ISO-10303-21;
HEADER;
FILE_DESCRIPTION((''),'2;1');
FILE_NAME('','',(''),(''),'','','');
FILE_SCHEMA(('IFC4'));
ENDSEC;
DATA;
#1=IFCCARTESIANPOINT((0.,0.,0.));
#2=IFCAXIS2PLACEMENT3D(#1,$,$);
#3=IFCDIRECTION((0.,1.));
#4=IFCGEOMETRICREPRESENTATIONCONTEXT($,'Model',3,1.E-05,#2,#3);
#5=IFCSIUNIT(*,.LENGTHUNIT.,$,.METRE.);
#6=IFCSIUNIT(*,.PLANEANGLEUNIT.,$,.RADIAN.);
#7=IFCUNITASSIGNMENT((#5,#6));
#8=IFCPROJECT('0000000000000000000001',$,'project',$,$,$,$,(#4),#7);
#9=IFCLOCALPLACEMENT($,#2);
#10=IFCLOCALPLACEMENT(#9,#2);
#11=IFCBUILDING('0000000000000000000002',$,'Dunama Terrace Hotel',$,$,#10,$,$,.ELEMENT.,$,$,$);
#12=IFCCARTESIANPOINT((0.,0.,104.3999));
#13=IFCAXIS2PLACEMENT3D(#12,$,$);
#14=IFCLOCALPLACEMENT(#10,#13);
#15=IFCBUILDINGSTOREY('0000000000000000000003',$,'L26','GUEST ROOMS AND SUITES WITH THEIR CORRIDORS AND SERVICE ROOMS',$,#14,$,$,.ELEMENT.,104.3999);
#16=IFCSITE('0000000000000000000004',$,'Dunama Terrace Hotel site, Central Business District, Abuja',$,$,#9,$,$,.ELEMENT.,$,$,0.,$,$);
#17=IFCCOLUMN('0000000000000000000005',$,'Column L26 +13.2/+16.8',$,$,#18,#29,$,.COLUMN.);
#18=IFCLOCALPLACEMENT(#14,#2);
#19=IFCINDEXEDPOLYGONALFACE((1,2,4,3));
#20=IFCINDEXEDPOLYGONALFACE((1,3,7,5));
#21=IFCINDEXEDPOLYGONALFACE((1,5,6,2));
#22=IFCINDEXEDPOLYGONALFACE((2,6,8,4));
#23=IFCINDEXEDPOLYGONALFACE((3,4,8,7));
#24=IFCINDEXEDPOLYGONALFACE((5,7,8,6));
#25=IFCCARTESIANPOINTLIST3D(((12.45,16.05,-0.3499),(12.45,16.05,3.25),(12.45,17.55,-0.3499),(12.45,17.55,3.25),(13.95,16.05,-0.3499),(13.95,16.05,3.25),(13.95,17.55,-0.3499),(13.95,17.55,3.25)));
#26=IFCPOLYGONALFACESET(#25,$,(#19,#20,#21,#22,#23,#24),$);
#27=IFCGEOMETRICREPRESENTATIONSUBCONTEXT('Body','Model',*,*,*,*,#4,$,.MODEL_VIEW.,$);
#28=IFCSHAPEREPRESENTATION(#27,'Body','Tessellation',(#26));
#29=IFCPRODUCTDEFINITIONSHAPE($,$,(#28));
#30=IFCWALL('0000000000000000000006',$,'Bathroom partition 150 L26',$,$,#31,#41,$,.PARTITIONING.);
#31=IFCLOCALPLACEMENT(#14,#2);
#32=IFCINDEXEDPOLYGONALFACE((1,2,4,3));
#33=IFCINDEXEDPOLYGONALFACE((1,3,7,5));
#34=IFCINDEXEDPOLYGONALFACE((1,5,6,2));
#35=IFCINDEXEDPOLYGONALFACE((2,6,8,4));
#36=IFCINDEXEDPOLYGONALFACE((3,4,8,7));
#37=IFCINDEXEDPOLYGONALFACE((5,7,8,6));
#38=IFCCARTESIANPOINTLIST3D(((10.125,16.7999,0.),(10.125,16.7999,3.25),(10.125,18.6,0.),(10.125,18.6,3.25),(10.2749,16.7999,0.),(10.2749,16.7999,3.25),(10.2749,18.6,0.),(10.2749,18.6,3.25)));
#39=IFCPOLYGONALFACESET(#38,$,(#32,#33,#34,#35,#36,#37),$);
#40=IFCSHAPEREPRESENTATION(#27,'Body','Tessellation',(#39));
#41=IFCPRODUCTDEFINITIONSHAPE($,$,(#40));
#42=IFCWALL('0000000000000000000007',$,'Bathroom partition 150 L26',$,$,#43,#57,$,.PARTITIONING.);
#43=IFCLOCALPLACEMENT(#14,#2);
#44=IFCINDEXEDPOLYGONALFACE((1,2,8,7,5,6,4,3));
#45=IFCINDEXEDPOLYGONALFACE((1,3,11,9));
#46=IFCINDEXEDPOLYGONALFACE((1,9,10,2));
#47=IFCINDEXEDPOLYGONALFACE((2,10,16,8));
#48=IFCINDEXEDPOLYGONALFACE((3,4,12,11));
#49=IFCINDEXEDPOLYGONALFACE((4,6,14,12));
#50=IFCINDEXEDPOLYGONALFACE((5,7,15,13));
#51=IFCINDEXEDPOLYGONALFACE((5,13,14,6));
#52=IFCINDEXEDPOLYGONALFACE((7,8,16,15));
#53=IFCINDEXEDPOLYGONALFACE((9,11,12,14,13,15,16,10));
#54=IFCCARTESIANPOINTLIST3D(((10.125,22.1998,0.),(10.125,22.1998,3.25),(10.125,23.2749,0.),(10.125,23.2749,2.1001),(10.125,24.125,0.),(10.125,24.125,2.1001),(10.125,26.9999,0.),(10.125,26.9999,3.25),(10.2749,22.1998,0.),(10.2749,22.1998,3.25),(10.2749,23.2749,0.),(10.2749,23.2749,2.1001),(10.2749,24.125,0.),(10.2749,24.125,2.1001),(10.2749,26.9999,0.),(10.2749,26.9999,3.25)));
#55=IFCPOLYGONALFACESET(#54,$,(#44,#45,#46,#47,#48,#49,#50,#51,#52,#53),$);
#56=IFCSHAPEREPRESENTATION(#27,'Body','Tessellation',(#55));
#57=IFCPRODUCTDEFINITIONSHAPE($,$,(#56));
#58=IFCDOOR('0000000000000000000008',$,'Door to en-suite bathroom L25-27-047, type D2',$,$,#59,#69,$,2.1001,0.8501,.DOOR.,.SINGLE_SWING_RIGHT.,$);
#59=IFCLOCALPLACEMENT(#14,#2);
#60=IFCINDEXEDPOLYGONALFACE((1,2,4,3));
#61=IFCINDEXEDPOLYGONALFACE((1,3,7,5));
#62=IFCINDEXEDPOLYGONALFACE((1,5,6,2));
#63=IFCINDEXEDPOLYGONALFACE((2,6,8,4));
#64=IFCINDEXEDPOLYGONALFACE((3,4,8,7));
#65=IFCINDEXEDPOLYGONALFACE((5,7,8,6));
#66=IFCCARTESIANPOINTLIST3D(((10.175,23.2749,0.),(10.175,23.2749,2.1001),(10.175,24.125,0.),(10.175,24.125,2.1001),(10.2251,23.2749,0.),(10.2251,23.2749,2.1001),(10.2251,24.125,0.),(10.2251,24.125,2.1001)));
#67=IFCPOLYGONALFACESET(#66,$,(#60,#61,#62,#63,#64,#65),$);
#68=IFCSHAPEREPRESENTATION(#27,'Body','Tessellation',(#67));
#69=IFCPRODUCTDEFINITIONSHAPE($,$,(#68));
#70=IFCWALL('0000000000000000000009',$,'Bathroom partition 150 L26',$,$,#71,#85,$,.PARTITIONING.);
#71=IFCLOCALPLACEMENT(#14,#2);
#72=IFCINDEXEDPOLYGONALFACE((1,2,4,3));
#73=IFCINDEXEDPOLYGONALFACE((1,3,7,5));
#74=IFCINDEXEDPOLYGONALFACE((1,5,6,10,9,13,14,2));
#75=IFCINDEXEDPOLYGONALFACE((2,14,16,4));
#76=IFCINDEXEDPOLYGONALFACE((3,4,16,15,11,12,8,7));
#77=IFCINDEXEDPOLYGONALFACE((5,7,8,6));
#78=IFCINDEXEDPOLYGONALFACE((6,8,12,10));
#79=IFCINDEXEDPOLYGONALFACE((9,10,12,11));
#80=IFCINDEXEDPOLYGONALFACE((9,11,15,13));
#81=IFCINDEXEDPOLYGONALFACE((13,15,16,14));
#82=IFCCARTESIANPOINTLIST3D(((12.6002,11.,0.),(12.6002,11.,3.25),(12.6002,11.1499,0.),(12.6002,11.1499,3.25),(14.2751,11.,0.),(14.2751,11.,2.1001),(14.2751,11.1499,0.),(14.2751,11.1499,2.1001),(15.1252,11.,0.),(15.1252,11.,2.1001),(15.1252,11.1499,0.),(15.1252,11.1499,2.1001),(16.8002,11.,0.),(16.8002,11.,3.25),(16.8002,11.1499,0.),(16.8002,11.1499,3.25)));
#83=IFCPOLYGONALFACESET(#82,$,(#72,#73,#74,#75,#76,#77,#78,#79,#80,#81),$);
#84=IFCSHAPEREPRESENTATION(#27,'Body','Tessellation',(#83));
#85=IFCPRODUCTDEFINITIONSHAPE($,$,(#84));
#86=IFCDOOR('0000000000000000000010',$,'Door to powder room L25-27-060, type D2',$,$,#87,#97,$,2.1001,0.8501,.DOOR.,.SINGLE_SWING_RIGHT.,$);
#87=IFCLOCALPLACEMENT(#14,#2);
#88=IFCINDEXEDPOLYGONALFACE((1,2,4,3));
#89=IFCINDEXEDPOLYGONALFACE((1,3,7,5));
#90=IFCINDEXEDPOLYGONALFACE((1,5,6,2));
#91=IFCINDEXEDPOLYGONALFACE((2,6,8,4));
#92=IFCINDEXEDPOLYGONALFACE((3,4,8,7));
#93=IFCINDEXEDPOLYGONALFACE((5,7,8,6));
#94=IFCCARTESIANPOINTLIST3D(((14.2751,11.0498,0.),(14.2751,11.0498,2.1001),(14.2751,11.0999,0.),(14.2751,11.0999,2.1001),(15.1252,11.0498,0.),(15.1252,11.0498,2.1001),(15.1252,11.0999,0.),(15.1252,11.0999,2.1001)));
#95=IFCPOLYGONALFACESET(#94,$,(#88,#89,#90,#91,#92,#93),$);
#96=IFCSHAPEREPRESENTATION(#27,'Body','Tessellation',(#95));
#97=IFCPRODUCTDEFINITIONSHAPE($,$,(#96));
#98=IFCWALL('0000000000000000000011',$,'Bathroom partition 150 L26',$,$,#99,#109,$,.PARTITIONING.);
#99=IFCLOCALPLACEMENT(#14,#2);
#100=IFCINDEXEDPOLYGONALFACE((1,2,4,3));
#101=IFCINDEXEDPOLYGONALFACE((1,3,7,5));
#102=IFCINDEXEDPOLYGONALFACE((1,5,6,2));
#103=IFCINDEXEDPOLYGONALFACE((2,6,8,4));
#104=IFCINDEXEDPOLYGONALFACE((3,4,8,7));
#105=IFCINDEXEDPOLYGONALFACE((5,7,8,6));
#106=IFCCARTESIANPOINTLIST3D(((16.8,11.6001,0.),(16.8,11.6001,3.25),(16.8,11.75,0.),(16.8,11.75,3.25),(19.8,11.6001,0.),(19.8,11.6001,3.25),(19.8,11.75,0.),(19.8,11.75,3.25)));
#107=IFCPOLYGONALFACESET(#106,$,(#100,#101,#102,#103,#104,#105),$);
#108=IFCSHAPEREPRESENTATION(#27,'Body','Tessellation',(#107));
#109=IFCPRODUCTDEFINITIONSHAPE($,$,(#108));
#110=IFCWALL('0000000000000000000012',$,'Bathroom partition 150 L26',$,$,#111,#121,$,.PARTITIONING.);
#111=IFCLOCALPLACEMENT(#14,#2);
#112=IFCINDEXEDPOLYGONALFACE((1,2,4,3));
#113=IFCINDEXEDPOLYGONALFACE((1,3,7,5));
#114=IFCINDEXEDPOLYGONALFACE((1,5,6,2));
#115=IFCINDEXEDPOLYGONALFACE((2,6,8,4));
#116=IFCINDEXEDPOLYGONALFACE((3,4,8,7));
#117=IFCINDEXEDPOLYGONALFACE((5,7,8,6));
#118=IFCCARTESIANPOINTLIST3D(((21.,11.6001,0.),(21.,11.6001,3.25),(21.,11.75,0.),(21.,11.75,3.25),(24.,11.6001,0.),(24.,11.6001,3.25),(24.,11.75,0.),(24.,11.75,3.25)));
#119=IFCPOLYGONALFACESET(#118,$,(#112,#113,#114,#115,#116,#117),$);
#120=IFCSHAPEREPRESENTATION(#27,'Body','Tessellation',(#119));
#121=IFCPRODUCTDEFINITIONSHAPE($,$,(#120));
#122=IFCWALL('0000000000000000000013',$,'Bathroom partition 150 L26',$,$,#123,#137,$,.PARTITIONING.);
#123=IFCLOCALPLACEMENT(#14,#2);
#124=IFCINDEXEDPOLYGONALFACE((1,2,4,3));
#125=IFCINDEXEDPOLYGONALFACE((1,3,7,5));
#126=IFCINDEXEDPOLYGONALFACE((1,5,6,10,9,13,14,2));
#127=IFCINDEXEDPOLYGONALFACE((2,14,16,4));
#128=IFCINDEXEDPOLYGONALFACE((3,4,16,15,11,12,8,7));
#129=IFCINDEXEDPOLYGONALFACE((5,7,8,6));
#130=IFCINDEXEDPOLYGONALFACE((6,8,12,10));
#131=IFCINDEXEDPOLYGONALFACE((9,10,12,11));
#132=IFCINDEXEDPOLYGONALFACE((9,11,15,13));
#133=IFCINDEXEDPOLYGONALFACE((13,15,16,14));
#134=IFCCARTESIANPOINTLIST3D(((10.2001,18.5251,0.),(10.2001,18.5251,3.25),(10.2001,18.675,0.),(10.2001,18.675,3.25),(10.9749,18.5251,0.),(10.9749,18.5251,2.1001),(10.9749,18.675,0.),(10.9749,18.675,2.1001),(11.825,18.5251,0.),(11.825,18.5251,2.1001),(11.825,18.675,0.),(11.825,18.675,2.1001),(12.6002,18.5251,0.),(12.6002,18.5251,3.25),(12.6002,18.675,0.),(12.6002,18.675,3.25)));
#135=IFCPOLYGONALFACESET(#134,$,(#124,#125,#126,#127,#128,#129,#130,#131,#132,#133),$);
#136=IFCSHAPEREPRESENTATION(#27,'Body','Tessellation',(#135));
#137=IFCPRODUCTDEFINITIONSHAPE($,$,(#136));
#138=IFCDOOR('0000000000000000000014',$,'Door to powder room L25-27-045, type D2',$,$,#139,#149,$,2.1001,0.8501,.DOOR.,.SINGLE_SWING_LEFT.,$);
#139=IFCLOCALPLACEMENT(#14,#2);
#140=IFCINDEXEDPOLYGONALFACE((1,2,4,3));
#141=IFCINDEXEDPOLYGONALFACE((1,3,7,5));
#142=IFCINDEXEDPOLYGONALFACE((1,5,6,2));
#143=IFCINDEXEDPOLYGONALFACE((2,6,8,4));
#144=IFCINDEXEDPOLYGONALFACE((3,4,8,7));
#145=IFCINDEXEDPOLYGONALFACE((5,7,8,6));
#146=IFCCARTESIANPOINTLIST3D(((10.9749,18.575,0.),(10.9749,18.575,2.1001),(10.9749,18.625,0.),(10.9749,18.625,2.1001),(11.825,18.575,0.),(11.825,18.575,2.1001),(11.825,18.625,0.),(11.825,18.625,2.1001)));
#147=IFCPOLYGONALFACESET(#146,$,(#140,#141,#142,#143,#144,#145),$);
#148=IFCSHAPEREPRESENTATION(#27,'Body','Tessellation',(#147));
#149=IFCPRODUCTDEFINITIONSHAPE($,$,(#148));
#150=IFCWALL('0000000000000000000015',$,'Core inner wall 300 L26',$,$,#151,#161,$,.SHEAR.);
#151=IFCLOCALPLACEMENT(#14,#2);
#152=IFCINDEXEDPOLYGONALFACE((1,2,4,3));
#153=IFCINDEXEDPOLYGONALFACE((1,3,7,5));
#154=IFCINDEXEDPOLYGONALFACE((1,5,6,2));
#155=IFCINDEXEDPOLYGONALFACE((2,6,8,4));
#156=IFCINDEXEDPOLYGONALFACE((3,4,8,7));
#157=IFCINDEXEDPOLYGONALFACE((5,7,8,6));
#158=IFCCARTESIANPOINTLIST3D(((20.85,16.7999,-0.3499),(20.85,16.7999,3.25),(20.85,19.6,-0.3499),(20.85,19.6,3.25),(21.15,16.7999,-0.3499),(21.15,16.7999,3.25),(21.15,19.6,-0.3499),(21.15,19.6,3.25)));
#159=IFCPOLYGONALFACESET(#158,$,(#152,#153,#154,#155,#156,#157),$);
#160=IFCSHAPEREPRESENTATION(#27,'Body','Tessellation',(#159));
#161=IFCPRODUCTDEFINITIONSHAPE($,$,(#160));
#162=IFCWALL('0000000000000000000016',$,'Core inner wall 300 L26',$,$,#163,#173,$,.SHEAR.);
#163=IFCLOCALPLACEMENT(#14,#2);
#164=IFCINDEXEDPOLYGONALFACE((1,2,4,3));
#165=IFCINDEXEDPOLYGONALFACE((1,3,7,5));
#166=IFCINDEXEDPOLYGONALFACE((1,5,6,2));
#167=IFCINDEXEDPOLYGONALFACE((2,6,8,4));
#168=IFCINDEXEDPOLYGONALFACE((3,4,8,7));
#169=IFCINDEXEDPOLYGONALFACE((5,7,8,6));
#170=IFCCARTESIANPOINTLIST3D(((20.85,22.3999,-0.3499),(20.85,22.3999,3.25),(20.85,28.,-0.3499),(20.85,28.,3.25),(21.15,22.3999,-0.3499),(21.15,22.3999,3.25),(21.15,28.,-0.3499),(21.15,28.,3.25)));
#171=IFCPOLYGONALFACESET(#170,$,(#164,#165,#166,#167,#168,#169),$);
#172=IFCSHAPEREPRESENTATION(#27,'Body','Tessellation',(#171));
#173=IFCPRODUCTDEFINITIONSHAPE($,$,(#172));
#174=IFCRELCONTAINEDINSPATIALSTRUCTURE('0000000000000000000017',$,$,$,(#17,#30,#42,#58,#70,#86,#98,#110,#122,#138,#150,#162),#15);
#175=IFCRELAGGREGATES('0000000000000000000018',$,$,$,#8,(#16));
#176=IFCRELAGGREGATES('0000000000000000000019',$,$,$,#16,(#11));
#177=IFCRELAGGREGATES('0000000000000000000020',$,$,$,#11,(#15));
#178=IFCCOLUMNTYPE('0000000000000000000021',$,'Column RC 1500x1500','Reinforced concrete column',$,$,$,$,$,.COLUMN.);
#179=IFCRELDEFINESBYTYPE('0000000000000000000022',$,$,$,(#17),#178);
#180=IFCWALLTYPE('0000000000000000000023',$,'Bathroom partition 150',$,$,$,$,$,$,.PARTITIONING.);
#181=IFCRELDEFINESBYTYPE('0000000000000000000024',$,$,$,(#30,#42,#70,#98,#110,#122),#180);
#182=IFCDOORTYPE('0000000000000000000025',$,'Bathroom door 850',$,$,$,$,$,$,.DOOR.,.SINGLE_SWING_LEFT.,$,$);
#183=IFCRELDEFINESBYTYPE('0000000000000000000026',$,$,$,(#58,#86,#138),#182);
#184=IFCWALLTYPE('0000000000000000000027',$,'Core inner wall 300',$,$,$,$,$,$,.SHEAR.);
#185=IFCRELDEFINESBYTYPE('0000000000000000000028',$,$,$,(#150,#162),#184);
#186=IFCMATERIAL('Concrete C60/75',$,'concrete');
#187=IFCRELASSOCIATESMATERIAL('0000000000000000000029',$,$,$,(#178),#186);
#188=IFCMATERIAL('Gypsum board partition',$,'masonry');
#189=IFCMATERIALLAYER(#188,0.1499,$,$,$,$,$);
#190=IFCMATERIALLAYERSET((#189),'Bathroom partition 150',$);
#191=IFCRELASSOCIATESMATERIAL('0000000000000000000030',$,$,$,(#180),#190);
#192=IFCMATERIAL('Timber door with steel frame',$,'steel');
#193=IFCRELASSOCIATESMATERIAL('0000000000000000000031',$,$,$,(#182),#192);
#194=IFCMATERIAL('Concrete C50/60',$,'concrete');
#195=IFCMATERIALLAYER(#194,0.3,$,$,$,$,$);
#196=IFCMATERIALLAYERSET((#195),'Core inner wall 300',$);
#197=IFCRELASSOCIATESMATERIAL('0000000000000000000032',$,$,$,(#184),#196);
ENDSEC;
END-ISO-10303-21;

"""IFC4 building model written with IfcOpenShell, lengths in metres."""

from ifc_helpers import new_model, si_unit, direction, frame, frame_2d, origin, origin_2d, place, context, subcontext, project, spatial, rectangle, extrude, material, layer, layer_set, material_profile, profile_set, type_object, element, fill, save


model = new_model("IFC4")

# Units and contexts
model_context = context("Model", 3, precision=1e-05, world=origin(), true_north=direction((0.0, 1.0)))
body_context = subcontext(model_context, "Body", "Model", "MODEL_VIEW")
ifc_project = project(units=[si_unit("LENGTHUNIT", "METRE"), si_unit("PLANEANGLEUNIT", "RADIAN")], contexts=[model_context])

# Site, building, storey
site_placement = place(None, origin())
site = spatial("IfcSite", under=ifc_project, at=site_placement, Name="Dunama Terrace Hotel site, Central Business District, Abuja", CompositionType="ELEMENT", RefElevation=0.0)
building_placement = place(site_placement, origin())
building = spatial("IfcBuilding", under=site, at=building_placement, Name="Dunama Terrace Hotel", CompositionType="ELEMENT")
storey_placement = place(building_placement, frame((0.0, 0.0, 104.3999)))
storey = spatial("IfcBuildingStorey", under=building, at=storey_placement, Name="L26", Description="GUEST ROOMS AND SUITES WITH THEIR CORRIDORS AND SERVICE ROOMS", CompositionType="ELEMENT", Elevation=104.3999)

# Column
ifc_material_1 = material(Name="Concrete C60/75", Category="concrete")
ifc_material_profile = material_profile(ifc_material_1, rectangle(XDim=1.5, YDim=1.5, at=origin_2d()), Name="RC 1500x1500")
ifc_profile_set = profile_set([ifc_material_profile], Name="Concrete C60/75")
column_type = type_object("IfcColumnType", Name="Column RC 1500x1500", Description="Reinforced concrete column", PredefinedType="COLUMN", material=ifc_profile_set)
column_placement = place(storey_placement, frame((13.2, 16.8, -0.3499), z_axis=(0.0, 0.0, 1.0), x_axis=(1.0, 0.0, 0.0)))
element("IfcColumn", 1, at=column_placement, inside=storey, type_object=column_type, Name="Column L26 +13.2/+16.8", PredefinedType="COLUMN", context=body_context, shape_type="SweptSolid", body=[
    extrude(rectangle(XDim=1.5, YDim=1.5, at=origin_2d()), origin(), (0.0, 0.0, 1.0), 3.5999),
])

# Wall
ifc_material_2 = material(Name="Gypsum board partition", Category="masonry")
ifc_layer_1 = layer(ifc_material_2, 0.1499)
ifc_layer_set_1 = layer_set([ifc_layer_1], Name="Bathroom partition 150")
wall_type_1 = type_object("IfcWallType", Name="Bathroom partition 150", PredefinedType="PARTITIONING", material=ifc_layer_set_1)
wall_1_placement = place(storey_placement, frame((10.2, 16.8, 0.0), z_axis=(0.0, 0.0, 1.0), x_axis=(0.0, 1.0, 0.0)))
element("IfcWall", 2, at=wall_1_placement, inside=storey, type_object=wall_type_1, Name="Bathroom partition 150 L26", PredefinedType="PARTITIONING", context=body_context, shape_type="SweptSolid", body=[
    extrude(rectangle(XDim=1.8, YDim=0.1499, at=frame_2d((0.8999, 0.0))), origin(), (0.0, 0.0, 1.0), 3.25),
])

# Walls, openings, doors
wall_2_placement = place(storey_placement, frame((10.2, 22.2, 0.0), z_axis=(0.0, 0.0, 1.0), x_axis=(0.0, 1.0, 0.0)))
wall_2 = element("IfcWall", 3, at=wall_2_placement, inside=storey, type_object=wall_type_1, Name="Bathroom partition 150 L26", PredefinedType="PARTITIONING", context=body_context, shape_type="SweptSolid", body=[
    extrude(rectangle(XDim=4.8, YDim=0.1499, at=frame_2d((2.3999, 0.0))), origin(), (0.0, 0.0, 1.0), 3.25),
])
opening_1_placement = place(wall_2_placement, frame((1.075, 0.0, 0.0)))
opening_1 = element("IfcOpeningElement", 4, at=opening_1_placement, cuts=wall_2, PredefinedType="OPENING", context=body_context, shape_type="SweptSolid", body=[
    extrude(rectangle(XDim=0.8501, YDim=2.1001, at=frame_2d((0.425, 1.05))), frame((0.0, 0.085, 0.0), z_axis=(0.0, -1.0, 0.0), x_axis=(1.0, 0.0, 0.0)), (0.0, 0.0, 1.0), 0.1699),
])
ifc_material_3 = material(Name="Timber door with steel frame", Category="steel")
door_type_1 = type_object("IfcDoorType", Name="Bathroom door 850", OperationType="SINGLE_SWING_LEFT", PredefinedType="DOOR", material=ifc_material_3)
door_1_placement = place(opening_1_placement, origin())
door_1 = element("IfcDoor", 5, at=door_1_placement, inside=storey, type_object=door_type_1, Name="Door to en-suite bathroom L25-27-047, type D2", OperationType="SINGLE_SWING_RIGHT", OverallHeight=2.1001, OverallWidth=0.8501, PredefinedType="DOOR", context=body_context, shape_type="SweptSolid", body=[
    extrude(rectangle(XDim=0.8501, YDim=2.1001, at=frame_2d((0.425, 1.05))), frame((0.0, 0.0249, 0.0), z_axis=(0.0, -1.0, 0.0), x_axis=(1.0, 0.0, 0.0)), (0.0, 0.0, 1.0), 0.05),
])
fill(opening_1, door_1)
wall_3_placement = place(storey_placement, frame((12.6001, 11.075, 0.0), z_axis=(0.0, 0.0, 1.0), x_axis=(1.0, 0.0, 0.0)))
wall_3 = element("IfcWall", 6, at=wall_3_placement, inside=storey, type_object=wall_type_1, Name="Bathroom partition 150 L26", PredefinedType="PARTITIONING", context=body_context, shape_type="SweptSolid", body=[
    extrude(rectangle(XDim=4.2, YDim=0.1499, at=frame_2d((2.1001, 0.0))), origin(), (0.0, 0.0, 1.0), 3.25),
])
opening_2_placement = place(wall_3_placement, frame((1.675, 0.0, 0.0)))
opening_2 = element("IfcOpeningElement", 7, at=opening_2_placement, cuts=wall_3, PredefinedType="OPENING", context=body_context, shape_type="SweptSolid", body=[
    extrude(rectangle(XDim=0.8501, YDim=2.1001, at=frame_2d((0.425, 1.05))), frame((0.0, 0.085, 0.0), z_axis=(0.0, -1.0, 0.0), x_axis=(1.0, 0.0, 0.0)), (0.0, 0.0, 1.0), 0.1699),
])
door_2_placement = place(opening_2_placement, origin())
door_2 = element("IfcDoor", 8, at=door_2_placement, inside=storey, type_object=door_type_1, Name="Door to powder room L25-27-060, type D2", OperationType="SINGLE_SWING_RIGHT", OverallHeight=2.1001, OverallWidth=0.8501, PredefinedType="DOOR", context=body_context, shape_type="SweptSolid", body=[
    extrude(rectangle(XDim=0.8501, YDim=2.1001, at=frame_2d((0.425, 1.05))), frame((0.0, 0.0249, 0.0), z_axis=(0.0, -1.0, 0.0), x_axis=(1.0, 0.0, 0.0)), (0.0, 0.0, 1.0), 0.05),
])
fill(opening_2, door_2)

# Walls
for number, where, z_axis, x_axis, name in (
    (9, (16.8, 11.675, 0.0), (0.0, 0.0, 1.0), (1.0, 0.0, 0.0), "Bathroom partition 150 L26"),
    (10, (21.0, 11.675, 0.0), (0.0, 0.0, 1.0), (1.0, 0.0, 0.0), "Bathroom partition 150 L26"),
):
    element("IfcWall", number, at=place(storey_placement, frame(where, z_axis=z_axis, x_axis=x_axis)), inside=storey, type_object=wall_type_1, Name=name, PredefinedType="PARTITIONING", context=body_context, shape_type="SweptSolid", body=[
        extrude(rectangle(XDim=3.0, YDim=0.1499, at=frame_2d((1.5, 0.0))), origin(), (0.0, 0.0, 1.0), 3.25),
    ])

# Wall, opening, door
wall_4_placement = place(storey_placement, frame((10.2, 18.6001, 0.0), z_axis=(0.0, 0.0, 1.0), x_axis=(1.0, 0.0, 0.0)))
wall_4 = element("IfcWall", 11, at=wall_4_placement, inside=storey, type_object=wall_type_1, Name="Bathroom partition 150 L26", PredefinedType="PARTITIONING", context=body_context, shape_type="SweptSolid", body=[
    extrude(rectangle(XDim=2.4001, YDim=0.1499, at=frame_2d((1.2002, 0.0))), origin(), (0.0, 0.0, 1.0), 3.25),
])
opening_3_placement = place(wall_4_placement, frame((0.7749, 0.0, 0.0)))
opening_3 = element("IfcOpeningElement", 12, at=opening_3_placement, cuts=wall_4, PredefinedType="OPENING", context=body_context, shape_type="SweptSolid", body=[
    extrude(rectangle(XDim=0.8501, YDim=2.1001, at=frame_2d((0.425, 1.05))), frame((0.0, 0.085, 0.0), z_axis=(0.0, -1.0, 0.0), x_axis=(1.0, 0.0, 0.0)), (0.0, 0.0, 1.0), 0.1699),
])
door_3_placement = place(opening_3_placement, frame((0.8501, 0.0, 0.0), z_axis=(0.0, 0.0, 1.0), x_axis=(-1.0, 0.0, 0.0)))
door_3 = element("IfcDoor", 13, at=door_3_placement, inside=storey, type_object=door_type_1, Name="Door to powder room L25-27-045, type D2", OperationType="SINGLE_SWING_LEFT", OverallHeight=2.1001, OverallWidth=0.8501, PredefinedType="DOOR", context=body_context, shape_type="SweptSolid", body=[
    extrude(rectangle(XDim=0.8501, YDim=2.1001, at=frame_2d((0.425, 1.05))), frame((0.0, 0.0251, 0.0), z_axis=(0.0, -1.0, 0.0), x_axis=(1.0, 0.0, 0.0)), (0.0, 0.0, 1.0), 0.05),
])
fill(opening_3, door_3)

# Walls
ifc_material_4 = material(Name="Concrete C50/60", Category="concrete")
ifc_layer_2 = layer(ifc_material_4, 0.3)
ifc_layer_set_2 = layer_set([ifc_layer_2], Name="Core inner wall 300")
wall_type_2 = type_object("IfcWallType", Name="Core inner wall 300", PredefinedType="SHEAR", material=ifc_layer_set_2)
wall_5_placement = place(storey_placement, frame((21.0, 16.8, -0.3499), z_axis=(0.0, 0.0, 1.0), x_axis=(0.0, 1.0, 0.0)))
element("IfcWall", 14, at=wall_5_placement, inside=storey, type_object=wall_type_2, Name="Core inner wall 300 L26", PredefinedType="SHEAR", context=body_context, shape_type="SweptSolid", body=[
    extrude(rectangle(XDim=2.8, YDim=0.3, at=frame_2d((1.3999, 0.0))), origin(), (0.0, 0.0, 1.0), 3.5999),
])
wall_6_placement = place(storey_placement, frame((21.0, 22.3999, -0.3499), z_axis=(0.0, 0.0, 1.0), x_axis=(0.0, 1.0, 0.0)))
element("IfcWall", 15, at=wall_6_placement, inside=storey, type_object=wall_type_2, Name="Core inner wall 300 L26", PredefinedType="SHEAR", context=body_context, shape_type="SweptSolid", body=[
    extrude(rectangle(XDim=5.6001, YDim=0.3, at=frame_2d((2.8, 0.0))), origin(), (0.0, 0.0, 1.0), 3.5999),
])

save(model, "model.ifc")
